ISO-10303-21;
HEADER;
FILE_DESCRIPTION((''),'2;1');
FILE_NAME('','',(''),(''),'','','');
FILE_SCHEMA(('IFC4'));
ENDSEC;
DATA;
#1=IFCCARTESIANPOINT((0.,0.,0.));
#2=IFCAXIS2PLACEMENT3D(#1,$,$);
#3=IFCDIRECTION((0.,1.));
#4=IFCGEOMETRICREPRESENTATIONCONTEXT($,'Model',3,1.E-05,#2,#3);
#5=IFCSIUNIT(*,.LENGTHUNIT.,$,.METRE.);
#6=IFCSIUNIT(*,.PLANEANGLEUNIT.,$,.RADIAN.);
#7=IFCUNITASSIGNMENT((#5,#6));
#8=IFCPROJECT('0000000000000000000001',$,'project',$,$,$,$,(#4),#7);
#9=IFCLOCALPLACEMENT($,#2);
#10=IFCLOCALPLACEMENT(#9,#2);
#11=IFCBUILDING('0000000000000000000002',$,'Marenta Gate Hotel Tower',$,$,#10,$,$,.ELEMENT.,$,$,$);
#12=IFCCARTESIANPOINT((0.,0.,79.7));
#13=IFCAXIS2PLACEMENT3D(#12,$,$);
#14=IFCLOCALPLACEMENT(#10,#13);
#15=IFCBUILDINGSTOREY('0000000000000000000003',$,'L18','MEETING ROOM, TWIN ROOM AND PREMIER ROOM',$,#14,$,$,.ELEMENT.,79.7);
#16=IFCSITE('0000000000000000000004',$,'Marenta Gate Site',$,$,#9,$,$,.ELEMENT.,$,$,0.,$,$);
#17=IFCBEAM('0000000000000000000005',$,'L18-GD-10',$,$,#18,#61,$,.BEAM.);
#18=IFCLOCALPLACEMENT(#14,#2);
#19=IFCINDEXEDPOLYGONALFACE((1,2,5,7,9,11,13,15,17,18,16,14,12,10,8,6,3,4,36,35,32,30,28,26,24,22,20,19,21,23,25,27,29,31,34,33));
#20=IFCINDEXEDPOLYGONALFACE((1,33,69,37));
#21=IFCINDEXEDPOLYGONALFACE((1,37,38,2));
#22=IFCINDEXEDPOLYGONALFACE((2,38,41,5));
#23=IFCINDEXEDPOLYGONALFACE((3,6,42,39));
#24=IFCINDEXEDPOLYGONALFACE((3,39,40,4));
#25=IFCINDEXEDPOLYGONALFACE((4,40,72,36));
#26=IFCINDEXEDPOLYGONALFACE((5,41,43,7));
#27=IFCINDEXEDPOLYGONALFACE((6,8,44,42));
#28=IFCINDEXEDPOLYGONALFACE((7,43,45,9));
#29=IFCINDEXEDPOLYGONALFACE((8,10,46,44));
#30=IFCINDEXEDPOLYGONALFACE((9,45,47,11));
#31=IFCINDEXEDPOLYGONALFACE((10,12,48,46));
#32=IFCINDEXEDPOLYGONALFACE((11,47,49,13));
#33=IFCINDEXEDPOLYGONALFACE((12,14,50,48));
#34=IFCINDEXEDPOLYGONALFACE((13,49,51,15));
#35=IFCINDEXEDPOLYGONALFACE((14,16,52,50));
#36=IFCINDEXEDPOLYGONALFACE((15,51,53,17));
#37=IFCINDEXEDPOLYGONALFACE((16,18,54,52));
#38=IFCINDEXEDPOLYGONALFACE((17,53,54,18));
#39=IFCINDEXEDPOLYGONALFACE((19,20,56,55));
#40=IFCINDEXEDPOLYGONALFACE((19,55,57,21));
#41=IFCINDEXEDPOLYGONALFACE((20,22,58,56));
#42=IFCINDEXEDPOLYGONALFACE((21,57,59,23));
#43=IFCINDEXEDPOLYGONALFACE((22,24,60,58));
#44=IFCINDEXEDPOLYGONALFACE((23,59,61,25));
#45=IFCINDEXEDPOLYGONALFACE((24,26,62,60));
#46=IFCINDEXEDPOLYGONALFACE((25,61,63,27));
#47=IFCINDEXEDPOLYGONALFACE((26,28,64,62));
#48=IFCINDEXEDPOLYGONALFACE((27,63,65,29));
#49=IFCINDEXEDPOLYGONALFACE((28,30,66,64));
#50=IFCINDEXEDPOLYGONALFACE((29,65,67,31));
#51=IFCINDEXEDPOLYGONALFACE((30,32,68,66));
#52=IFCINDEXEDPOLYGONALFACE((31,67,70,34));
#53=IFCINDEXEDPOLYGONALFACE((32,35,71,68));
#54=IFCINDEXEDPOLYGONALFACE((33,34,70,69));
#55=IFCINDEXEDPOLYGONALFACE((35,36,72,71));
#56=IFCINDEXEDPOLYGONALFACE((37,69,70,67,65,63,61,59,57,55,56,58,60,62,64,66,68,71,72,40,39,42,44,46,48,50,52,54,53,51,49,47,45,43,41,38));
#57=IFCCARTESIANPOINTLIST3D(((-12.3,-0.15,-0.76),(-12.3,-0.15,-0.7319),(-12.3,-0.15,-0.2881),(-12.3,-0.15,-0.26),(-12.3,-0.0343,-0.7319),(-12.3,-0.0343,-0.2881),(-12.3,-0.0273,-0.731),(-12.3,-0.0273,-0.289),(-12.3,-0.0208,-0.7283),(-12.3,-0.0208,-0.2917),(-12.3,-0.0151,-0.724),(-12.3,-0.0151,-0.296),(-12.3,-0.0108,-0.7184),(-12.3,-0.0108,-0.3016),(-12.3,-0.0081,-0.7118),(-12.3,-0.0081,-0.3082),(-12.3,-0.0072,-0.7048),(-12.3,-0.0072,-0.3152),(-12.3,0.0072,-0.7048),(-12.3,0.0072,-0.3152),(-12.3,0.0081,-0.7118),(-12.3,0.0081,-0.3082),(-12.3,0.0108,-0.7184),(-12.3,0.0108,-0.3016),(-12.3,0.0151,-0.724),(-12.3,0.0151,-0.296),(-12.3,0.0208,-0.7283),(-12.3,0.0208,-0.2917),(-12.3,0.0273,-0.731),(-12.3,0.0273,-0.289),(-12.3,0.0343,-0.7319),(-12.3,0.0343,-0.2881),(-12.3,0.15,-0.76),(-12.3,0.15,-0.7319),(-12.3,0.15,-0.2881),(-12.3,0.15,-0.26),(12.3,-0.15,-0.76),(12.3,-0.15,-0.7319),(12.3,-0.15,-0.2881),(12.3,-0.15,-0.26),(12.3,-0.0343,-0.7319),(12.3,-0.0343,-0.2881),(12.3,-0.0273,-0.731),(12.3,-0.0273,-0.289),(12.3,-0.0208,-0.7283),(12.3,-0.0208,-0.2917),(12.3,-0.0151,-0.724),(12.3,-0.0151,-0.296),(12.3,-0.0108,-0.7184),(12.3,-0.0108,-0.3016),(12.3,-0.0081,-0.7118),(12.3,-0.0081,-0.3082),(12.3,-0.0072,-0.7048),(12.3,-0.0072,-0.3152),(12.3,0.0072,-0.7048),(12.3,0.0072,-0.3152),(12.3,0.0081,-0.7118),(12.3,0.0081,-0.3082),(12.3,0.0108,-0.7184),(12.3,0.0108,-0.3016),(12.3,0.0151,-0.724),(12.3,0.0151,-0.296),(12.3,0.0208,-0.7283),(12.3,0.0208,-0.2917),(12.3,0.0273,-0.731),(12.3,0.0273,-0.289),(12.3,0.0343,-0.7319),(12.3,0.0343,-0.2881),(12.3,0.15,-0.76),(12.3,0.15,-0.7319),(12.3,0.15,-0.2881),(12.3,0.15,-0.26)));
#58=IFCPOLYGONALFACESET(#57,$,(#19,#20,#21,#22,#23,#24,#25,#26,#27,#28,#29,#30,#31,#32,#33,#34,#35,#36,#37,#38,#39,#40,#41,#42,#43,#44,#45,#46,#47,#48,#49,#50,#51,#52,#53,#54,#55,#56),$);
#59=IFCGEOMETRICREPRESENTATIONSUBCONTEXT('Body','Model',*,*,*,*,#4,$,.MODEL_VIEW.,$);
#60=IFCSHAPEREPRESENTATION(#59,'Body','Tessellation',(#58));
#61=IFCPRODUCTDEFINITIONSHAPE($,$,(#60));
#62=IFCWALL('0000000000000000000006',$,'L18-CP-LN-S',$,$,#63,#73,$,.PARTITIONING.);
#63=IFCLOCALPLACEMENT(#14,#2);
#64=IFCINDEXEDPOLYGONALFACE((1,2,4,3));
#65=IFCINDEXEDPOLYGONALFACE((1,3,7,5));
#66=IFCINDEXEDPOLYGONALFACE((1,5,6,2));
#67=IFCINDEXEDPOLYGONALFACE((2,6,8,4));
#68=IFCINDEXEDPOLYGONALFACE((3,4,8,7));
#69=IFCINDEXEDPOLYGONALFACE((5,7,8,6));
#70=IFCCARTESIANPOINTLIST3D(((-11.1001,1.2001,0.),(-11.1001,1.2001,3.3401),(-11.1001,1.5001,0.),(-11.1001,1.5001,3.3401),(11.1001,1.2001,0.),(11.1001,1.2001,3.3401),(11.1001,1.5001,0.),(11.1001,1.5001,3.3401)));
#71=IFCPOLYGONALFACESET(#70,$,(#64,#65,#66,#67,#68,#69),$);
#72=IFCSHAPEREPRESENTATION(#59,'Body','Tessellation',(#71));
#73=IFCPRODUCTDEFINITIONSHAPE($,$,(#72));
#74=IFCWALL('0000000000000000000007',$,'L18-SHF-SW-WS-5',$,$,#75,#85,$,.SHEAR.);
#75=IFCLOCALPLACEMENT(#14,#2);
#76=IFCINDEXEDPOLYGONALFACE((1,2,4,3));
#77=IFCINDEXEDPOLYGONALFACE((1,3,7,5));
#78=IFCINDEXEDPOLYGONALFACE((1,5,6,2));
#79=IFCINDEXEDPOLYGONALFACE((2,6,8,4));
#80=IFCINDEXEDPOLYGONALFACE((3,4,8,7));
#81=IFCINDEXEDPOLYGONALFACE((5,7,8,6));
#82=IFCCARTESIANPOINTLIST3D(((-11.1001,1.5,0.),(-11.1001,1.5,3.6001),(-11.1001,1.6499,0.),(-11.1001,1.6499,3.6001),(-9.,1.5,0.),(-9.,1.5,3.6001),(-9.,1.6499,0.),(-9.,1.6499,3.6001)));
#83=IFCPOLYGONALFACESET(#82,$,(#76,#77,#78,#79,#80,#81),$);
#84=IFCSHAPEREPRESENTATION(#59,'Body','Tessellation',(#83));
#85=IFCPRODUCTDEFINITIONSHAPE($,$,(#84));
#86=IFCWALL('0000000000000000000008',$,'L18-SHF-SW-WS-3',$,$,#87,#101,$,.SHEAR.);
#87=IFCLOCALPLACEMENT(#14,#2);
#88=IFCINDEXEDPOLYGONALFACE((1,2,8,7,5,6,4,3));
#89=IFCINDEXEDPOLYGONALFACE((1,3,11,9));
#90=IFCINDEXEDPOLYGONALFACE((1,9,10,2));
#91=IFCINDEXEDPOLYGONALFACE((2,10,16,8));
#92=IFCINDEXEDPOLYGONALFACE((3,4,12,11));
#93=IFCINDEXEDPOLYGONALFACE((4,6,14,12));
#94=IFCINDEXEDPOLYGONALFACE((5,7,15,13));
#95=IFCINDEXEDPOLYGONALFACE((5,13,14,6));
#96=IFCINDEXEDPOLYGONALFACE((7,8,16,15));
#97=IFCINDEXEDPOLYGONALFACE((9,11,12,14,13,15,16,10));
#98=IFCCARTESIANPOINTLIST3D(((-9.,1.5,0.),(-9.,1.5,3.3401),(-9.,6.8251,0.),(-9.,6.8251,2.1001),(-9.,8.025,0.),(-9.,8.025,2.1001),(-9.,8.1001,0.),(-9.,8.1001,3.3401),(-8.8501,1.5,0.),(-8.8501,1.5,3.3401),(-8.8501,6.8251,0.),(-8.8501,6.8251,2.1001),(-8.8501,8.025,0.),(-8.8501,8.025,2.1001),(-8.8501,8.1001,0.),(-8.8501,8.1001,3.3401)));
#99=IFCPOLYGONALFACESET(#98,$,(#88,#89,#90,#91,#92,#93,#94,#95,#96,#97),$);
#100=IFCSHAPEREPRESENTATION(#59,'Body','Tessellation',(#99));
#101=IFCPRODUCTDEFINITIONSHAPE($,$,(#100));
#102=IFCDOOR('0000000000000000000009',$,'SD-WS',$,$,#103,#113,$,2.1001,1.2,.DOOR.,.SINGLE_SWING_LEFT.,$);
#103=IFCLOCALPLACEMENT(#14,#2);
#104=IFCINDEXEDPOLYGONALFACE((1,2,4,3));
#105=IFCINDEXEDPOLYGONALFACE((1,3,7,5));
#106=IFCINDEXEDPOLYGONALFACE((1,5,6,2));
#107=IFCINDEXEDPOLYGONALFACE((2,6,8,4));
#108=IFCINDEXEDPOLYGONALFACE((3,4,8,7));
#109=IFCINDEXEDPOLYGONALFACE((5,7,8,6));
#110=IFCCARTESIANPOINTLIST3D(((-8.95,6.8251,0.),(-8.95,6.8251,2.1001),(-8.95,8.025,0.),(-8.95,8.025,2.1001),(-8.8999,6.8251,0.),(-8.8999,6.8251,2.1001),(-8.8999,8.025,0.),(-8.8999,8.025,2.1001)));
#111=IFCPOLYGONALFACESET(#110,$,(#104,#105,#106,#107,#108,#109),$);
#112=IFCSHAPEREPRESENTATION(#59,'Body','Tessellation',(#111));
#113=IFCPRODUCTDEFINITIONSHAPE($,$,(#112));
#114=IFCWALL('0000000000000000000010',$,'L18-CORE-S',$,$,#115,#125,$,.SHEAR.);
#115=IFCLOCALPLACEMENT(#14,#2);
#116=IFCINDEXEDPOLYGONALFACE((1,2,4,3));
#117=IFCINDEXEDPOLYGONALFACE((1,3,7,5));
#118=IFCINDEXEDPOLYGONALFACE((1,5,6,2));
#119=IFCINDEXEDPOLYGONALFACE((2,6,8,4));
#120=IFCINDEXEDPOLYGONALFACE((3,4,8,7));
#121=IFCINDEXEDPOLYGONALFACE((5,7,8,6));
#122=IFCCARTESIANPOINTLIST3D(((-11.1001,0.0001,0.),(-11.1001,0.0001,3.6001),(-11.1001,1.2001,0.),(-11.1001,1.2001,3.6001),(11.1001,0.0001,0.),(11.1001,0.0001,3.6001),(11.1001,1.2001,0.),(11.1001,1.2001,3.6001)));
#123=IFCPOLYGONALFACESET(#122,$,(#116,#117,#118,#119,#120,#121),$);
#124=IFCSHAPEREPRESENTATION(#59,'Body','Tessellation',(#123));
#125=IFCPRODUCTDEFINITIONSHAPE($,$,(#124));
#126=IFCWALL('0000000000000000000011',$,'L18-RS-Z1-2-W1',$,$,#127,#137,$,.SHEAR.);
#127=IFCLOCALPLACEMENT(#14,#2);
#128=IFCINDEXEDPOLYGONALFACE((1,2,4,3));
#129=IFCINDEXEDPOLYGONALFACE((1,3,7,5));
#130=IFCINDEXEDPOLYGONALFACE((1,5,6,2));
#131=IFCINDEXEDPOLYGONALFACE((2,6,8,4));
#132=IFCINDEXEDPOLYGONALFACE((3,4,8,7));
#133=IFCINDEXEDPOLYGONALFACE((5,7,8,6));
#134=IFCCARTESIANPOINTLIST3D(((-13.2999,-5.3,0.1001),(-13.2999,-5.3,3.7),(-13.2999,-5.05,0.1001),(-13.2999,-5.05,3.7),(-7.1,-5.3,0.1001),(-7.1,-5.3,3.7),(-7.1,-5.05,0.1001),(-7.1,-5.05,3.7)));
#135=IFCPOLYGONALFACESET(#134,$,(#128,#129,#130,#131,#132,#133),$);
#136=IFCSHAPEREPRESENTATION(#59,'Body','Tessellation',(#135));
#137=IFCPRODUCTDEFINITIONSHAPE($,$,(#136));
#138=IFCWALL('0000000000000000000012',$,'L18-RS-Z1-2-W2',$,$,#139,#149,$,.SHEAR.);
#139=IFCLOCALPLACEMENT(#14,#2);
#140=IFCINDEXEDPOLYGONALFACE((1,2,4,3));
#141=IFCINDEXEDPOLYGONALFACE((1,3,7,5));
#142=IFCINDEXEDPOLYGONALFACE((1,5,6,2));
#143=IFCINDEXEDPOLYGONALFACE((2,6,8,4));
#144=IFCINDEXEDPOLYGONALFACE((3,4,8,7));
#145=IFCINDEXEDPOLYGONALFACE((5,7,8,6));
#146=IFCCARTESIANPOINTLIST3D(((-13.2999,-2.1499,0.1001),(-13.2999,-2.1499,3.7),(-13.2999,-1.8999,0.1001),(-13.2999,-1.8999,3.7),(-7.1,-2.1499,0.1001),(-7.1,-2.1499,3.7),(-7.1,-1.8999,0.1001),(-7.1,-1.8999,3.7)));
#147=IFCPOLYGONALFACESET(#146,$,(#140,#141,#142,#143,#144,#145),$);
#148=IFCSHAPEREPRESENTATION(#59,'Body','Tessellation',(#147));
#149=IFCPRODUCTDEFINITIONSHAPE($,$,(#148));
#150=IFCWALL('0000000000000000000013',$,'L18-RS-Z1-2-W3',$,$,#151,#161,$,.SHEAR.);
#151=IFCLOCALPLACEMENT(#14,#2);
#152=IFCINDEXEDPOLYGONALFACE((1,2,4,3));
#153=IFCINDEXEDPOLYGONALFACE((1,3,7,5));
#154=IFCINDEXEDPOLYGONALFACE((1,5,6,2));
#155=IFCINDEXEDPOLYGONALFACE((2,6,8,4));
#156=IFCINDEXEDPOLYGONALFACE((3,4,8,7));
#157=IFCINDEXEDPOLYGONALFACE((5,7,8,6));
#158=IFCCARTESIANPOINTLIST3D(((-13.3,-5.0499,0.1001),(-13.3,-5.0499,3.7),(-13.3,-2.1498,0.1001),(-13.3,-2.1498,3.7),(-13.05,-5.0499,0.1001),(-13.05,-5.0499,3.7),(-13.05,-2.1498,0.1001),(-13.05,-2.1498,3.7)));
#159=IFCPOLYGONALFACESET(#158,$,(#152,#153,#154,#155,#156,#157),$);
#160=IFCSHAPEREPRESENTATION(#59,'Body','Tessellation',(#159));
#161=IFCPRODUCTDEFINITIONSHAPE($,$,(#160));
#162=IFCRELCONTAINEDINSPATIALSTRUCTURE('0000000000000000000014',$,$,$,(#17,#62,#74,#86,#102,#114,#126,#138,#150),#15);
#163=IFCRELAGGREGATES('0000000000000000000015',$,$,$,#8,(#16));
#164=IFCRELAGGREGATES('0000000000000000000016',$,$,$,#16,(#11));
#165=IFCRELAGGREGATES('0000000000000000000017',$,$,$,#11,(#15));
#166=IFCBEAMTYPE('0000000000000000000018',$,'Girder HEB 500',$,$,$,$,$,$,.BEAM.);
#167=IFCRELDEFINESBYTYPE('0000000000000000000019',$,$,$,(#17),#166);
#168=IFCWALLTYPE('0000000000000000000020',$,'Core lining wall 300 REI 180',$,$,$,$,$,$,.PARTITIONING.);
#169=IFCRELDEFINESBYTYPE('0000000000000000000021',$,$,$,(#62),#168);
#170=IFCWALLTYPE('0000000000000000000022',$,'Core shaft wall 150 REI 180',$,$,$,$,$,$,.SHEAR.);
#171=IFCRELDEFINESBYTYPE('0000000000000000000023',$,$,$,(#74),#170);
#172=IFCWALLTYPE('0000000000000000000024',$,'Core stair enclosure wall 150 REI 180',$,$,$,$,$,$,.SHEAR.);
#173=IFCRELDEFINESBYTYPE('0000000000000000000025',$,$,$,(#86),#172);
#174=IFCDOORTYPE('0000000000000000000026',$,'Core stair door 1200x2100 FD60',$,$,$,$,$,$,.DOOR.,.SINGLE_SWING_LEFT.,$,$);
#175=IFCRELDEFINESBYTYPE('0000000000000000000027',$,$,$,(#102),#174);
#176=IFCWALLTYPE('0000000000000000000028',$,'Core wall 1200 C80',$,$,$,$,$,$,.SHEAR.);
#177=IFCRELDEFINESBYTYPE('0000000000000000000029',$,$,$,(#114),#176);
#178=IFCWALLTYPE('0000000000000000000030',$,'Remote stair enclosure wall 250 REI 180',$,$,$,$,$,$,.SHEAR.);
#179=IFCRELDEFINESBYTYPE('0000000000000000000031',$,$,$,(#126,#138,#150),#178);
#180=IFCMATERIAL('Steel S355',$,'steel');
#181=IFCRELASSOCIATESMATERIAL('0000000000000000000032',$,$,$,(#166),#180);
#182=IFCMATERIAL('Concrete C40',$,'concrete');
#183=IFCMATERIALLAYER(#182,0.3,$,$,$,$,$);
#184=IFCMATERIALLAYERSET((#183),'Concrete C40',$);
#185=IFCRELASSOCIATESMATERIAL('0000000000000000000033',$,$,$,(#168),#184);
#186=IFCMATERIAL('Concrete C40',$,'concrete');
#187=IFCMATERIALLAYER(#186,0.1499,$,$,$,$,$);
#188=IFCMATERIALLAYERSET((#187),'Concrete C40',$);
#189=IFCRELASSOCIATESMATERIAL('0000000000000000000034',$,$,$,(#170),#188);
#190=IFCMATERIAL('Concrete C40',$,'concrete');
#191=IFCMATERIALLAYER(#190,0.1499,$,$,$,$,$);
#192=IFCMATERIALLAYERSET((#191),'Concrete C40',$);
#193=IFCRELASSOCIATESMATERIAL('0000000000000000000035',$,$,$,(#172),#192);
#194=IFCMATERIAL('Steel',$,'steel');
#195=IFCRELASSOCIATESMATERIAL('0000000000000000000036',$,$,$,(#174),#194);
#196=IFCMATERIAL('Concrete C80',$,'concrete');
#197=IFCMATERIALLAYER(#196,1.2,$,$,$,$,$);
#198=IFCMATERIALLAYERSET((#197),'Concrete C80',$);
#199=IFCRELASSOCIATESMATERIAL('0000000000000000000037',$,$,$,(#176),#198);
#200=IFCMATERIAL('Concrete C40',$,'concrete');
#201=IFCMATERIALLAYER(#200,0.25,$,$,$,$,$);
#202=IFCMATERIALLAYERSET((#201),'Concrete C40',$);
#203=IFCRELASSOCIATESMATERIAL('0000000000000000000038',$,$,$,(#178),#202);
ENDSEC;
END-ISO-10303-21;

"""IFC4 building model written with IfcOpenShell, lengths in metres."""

from ifc_helpers import new_model, si_unit, direction, frame, frame_2d, origin, origin_2d, place, context, subcontext, project, spatial, rectangle, i_section, extrude, material, layer, layer_set, material_profile, profile_set, type_object, element, fill, save


model = new_model("IFC4")

# Units and contexts
model_context = context("Model", 3, precision=1e-05, world=origin(), true_north=direction((0.0, 1.0)))
body_context = subcontext(model_context, "Body", "Model", "MODEL_VIEW")
ifc_project = project(units=[si_unit("LENGTHUNIT", "METRE"), si_unit("PLANEANGLEUNIT", "RADIAN")], contexts=[model_context])

# Site, building, storey
site_placement = place(None, origin())
site = spatial("IfcSite", under=ifc_project, at=site_placement, Name="Marenta Gate Site", CompositionType="ELEMENT", RefElevation=0.0)
building_placement = place(site_placement, origin())
building = spatial("IfcBuilding", under=site, at=building_placement, Name="Marenta Gate Hotel Tower", CompositionType="ELEMENT")
storey_placement = place(building_placement, frame((0.0, 0.0, 79.7)))
storey = spatial("IfcBuildingStorey", under=building, at=storey_placement, Name="L18", Description="MEETING ROOM, TWIN ROOM AND PREMIER ROOM", CompositionType="ELEMENT", Elevation=79.7)

# Beam
ifc_material_1 = material(Name="Steel S355", Category="steel")
ifc_material_profile = material_profile(ifc_material_1, i_section(OverallWidth=0.3, OverallDepth=0.5, WebThickness=0.0144, FlangeThickness=0.0281, FilletRadius=0.0271, at=origin_2d()), Name="HEB 500")
ifc_profile_set = profile_set([ifc_material_profile], Name="Steel S355")
beam_type = type_object("IfcBeamType", Name="Girder HEB 500", PredefinedType="BEAM", material=ifc_profile_set)
beam_placement = place(storey_placement, frame((-12.3, 0.0, -0.51), z_axis=(1.0, 0.0, 0.0), x_axis=(0.0, 1.0, 0.0)))
element("IfcBeam", 1, at=beam_placement, inside=storey, type_object=beam_type, Name="L18-GD-10", PredefinedType="BEAM", context=body_context, shape_type="SweptSolid", body=[
    extrude(i_section(OverallWidth=0.3, OverallDepth=0.5, WebThickness=0.0144, FlangeThickness=0.0281, FilletRadius=0.0271, at=origin_2d()), origin(), (0.0, 0.0, 1.0), 24.6001),
])

# Walls
ifc_material_2 = material(Name="Concrete C40", Category="concrete")
ifc_layer_1 = layer(ifc_material_2, 0.3)
ifc_layer_set_1 = layer_set([ifc_layer_1], Name="Concrete C40")
wall_type_1 = type_object("IfcWallType", Name="Core lining wall 300 REI 180", PredefinedType="PARTITIONING", material=ifc_layer_set_1)
wall_1_placement = place(storey_placement, frame((-11.1001, 1.3501, 0.0), z_axis=(0.0, 0.0, 1.0), x_axis=(1.0, 0.0, 0.0)))
element("IfcWall", 2, at=wall_1_placement, inside=storey, type_object=wall_type_1, Name="L18-CP-LN-S", PredefinedType="PARTITIONING", context=body_context, shape_type="SweptSolid", body=[
    extrude(rectangle(XDim=22.2002, YDim=0.3, at=frame_2d((11.1001, 0.0))), origin(), (0.0, 0.0, 1.0), 3.3401),
])
ifc_material_3 = material(Name="Concrete C40", Category="concrete")
ifc_layer_2 = layer(ifc_material_3, 0.1499)
ifc_layer_set_2 = layer_set([ifc_layer_2], Name="Concrete C40")
wall_type_2 = type_object("IfcWallType", Name="Core shaft wall 150 REI 180", PredefinedType="SHEAR", material=ifc_layer_set_2)
wall_2_placement = place(storey_placement, frame((-11.1001, 1.575, 0.0), z_axis=(0.0, 0.0, 1.0), x_axis=(1.0, 0.0, 0.0)))
element("IfcWall", 3, at=wall_2_placement, inside=storey, type_object=wall_type_2, Name="L18-SHF-SW-WS-5", PredefinedType="SHEAR", context=body_context, shape_type="SweptSolid", body=[
    extrude(rectangle(XDim=2.1001, YDim=0.1499, at=frame_2d((1.05, 0.0))), origin(), (0.0, 0.0, 1.0), 3.6001),
])

# Wall, opening, door
ifc_material_4 = material(Name="Concrete C40", Category="concrete")
ifc_layer_3 = layer(ifc_material_4, 0.1499)
ifc_layer_set_3 = layer_set([ifc_layer_3], Name="Concrete C40")
wall_type_3 = type_object("IfcWallType", Name="Core stair enclosure wall 150 REI 180", PredefinedType="SHEAR", material=ifc_layer_set_3)
wall_3_placement = place(storey_placement, frame((-8.925, 1.5, 0.0), z_axis=(0.0, 0.0, 1.0), x_axis=(0.0, 1.0, 0.0)))
wall_3 = element("IfcWall", 4, at=wall_3_placement, inside=storey, type_object=wall_type_3, Name="L18-SHF-SW-WS-3", PredefinedType="SHEAR", context=body_context, shape_type="SweptSolid", body=[
    extrude(rectangle(XDim=6.6001, YDim=0.1499, at=frame_2d((3.3, 0.0))), origin(), (0.0, 0.0, 1.0), 3.3401),
])
opening_1_placement = place(wall_3_placement, frame((5.325, 0.0, 0.0)))
opening_1 = element("IfcOpeningElement", 5, at=opening_1_placement, cuts=wall_3, PredefinedType="OPENING", context=body_context, shape_type="SweptSolid", body=[
    extrude(rectangle(XDim=1.2, YDim=2.1001, at=frame_2d((0.6001, 1.05))), frame((0.0, 0.075, 0.0), z_axis=(0.0, -1.0, 0.0), x_axis=(1.0, 0.0, 0.0)), (0.0, 0.0, 1.0), 0.1499),
])
ifc_material_5 = material(Name="Steel", Category="steel")
door_type_1 = type_object("IfcDoorType", Name="Core stair door 1200x2100 FD60", OperationType="SINGLE_SWING_LEFT", PredefinedType="DOOR", material=ifc_material_5)
door_1_placement = place(opening_1_placement, origin())
door_1 = element("IfcDoor", 6, at=door_1_placement, inside=storey, type_object=door_type_1, Name="SD-WS", OperationType="SINGLE_SWING_LEFT", OverallHeight=2.1001, OverallWidth=1.2, PredefinedType="DOOR", context=body_context, shape_type="SweptSolid", body=[
    extrude(rectangle(XDim=1.2, YDim=2.1001, at=frame_2d((0.6001, 1.05))), frame((0.0, 0.0249, 0.0), z_axis=(0.0, -1.0, 0.0), x_axis=(1.0, 0.0, 0.0)), (0.0, 0.0, 1.0), 0.05),
])
fill(opening_1, door_1)

# Shared definitions
ifc_material_6 = material(Name="Concrete C80", Category="concrete")
ifc_layer_4 = layer(ifc_material_6, 1.2)
ifc_layer_set_4 = layer_set([ifc_layer_4], Name="Concrete C80")
wall_type_4 = type_object("IfcWallType", Name="Core wall 1200 C80", PredefinedType="SHEAR", material=ifc_layer_set_4)

# Walls
wall_4_placement = place(storey_placement, frame((-11.1001, 0.6001, 0.0), z_axis=(0.0, 0.0, 1.0), x_axis=(1.0, 0.0, 0.0)))
element("IfcWall", 7, at=wall_4_placement, inside=storey, type_object=wall_type_4, Name="L18-CORE-S", PredefinedType="SHEAR", context=body_context, shape_type="SweptSolid", body=[
    extrude(rectangle(XDim=22.2002, YDim=1.2, at=frame_2d((11.1001, 0.0))), origin(), (0.0, 0.0, 1.0), 3.6001),
])
ifc_material_7 = material(Name="Concrete C40", Category="concrete")
ifc_layer_5 = layer(ifc_material_7, 0.25)
ifc_layer_set_5 = layer_set([ifc_layer_5], Name="Concrete C40")
wall_type_5 = type_object("IfcWallType", Name="Remote stair enclosure wall 250 REI 180", PredefinedType="SHEAR", material=ifc_layer_set_5)
for number, where, z_axis, x_axis, name in (
    (8, (-13.3, -5.175, 0.1001), (0.0, 0.0, 1.0), (1.0, 0.0, 0.0), "L18-RS-Z1-2-W1"),
    (9, (-13.3, -2.0249, 0.1001), (0.0, 0.0, 1.0), (1.0, 0.0, 0.0), "L18-RS-Z1-2-W2"),
):
    element("IfcWall", number, at=place(storey_placement, frame(where, z_axis=z_axis, x_axis=x_axis)), inside=storey, type_object=wall_type_5, Name=name, PredefinedType="SHEAR", context=body_context, shape_type="SweptSolid", body=[
        extrude(rectangle(XDim=6.2, YDim=0.25, at=frame_2d((3.1001, 0.0))), origin(), (0.0, 0.0, 1.0), 3.5999),
    ])
wall_5_placement = place(storey_placement, frame((-13.175, -5.05, 0.1001), z_axis=(0.0, 0.0, 1.0), x_axis=(0.0, 1.0, 0.0)))
element("IfcWall", 10, at=wall_5_placement, inside=storey, type_object=wall_type_5, Name="L18-RS-Z1-2-W3", PredefinedType="SHEAR", context=body_context, shape_type="SweptSolid", body=[
    extrude(rectangle(XDim=2.9001, YDim=0.25, at=frame_2d((1.4502, 0.0))), origin(), (0.0, 0.0, 1.0), 3.5999),
])

save(model, "model.ifc")
